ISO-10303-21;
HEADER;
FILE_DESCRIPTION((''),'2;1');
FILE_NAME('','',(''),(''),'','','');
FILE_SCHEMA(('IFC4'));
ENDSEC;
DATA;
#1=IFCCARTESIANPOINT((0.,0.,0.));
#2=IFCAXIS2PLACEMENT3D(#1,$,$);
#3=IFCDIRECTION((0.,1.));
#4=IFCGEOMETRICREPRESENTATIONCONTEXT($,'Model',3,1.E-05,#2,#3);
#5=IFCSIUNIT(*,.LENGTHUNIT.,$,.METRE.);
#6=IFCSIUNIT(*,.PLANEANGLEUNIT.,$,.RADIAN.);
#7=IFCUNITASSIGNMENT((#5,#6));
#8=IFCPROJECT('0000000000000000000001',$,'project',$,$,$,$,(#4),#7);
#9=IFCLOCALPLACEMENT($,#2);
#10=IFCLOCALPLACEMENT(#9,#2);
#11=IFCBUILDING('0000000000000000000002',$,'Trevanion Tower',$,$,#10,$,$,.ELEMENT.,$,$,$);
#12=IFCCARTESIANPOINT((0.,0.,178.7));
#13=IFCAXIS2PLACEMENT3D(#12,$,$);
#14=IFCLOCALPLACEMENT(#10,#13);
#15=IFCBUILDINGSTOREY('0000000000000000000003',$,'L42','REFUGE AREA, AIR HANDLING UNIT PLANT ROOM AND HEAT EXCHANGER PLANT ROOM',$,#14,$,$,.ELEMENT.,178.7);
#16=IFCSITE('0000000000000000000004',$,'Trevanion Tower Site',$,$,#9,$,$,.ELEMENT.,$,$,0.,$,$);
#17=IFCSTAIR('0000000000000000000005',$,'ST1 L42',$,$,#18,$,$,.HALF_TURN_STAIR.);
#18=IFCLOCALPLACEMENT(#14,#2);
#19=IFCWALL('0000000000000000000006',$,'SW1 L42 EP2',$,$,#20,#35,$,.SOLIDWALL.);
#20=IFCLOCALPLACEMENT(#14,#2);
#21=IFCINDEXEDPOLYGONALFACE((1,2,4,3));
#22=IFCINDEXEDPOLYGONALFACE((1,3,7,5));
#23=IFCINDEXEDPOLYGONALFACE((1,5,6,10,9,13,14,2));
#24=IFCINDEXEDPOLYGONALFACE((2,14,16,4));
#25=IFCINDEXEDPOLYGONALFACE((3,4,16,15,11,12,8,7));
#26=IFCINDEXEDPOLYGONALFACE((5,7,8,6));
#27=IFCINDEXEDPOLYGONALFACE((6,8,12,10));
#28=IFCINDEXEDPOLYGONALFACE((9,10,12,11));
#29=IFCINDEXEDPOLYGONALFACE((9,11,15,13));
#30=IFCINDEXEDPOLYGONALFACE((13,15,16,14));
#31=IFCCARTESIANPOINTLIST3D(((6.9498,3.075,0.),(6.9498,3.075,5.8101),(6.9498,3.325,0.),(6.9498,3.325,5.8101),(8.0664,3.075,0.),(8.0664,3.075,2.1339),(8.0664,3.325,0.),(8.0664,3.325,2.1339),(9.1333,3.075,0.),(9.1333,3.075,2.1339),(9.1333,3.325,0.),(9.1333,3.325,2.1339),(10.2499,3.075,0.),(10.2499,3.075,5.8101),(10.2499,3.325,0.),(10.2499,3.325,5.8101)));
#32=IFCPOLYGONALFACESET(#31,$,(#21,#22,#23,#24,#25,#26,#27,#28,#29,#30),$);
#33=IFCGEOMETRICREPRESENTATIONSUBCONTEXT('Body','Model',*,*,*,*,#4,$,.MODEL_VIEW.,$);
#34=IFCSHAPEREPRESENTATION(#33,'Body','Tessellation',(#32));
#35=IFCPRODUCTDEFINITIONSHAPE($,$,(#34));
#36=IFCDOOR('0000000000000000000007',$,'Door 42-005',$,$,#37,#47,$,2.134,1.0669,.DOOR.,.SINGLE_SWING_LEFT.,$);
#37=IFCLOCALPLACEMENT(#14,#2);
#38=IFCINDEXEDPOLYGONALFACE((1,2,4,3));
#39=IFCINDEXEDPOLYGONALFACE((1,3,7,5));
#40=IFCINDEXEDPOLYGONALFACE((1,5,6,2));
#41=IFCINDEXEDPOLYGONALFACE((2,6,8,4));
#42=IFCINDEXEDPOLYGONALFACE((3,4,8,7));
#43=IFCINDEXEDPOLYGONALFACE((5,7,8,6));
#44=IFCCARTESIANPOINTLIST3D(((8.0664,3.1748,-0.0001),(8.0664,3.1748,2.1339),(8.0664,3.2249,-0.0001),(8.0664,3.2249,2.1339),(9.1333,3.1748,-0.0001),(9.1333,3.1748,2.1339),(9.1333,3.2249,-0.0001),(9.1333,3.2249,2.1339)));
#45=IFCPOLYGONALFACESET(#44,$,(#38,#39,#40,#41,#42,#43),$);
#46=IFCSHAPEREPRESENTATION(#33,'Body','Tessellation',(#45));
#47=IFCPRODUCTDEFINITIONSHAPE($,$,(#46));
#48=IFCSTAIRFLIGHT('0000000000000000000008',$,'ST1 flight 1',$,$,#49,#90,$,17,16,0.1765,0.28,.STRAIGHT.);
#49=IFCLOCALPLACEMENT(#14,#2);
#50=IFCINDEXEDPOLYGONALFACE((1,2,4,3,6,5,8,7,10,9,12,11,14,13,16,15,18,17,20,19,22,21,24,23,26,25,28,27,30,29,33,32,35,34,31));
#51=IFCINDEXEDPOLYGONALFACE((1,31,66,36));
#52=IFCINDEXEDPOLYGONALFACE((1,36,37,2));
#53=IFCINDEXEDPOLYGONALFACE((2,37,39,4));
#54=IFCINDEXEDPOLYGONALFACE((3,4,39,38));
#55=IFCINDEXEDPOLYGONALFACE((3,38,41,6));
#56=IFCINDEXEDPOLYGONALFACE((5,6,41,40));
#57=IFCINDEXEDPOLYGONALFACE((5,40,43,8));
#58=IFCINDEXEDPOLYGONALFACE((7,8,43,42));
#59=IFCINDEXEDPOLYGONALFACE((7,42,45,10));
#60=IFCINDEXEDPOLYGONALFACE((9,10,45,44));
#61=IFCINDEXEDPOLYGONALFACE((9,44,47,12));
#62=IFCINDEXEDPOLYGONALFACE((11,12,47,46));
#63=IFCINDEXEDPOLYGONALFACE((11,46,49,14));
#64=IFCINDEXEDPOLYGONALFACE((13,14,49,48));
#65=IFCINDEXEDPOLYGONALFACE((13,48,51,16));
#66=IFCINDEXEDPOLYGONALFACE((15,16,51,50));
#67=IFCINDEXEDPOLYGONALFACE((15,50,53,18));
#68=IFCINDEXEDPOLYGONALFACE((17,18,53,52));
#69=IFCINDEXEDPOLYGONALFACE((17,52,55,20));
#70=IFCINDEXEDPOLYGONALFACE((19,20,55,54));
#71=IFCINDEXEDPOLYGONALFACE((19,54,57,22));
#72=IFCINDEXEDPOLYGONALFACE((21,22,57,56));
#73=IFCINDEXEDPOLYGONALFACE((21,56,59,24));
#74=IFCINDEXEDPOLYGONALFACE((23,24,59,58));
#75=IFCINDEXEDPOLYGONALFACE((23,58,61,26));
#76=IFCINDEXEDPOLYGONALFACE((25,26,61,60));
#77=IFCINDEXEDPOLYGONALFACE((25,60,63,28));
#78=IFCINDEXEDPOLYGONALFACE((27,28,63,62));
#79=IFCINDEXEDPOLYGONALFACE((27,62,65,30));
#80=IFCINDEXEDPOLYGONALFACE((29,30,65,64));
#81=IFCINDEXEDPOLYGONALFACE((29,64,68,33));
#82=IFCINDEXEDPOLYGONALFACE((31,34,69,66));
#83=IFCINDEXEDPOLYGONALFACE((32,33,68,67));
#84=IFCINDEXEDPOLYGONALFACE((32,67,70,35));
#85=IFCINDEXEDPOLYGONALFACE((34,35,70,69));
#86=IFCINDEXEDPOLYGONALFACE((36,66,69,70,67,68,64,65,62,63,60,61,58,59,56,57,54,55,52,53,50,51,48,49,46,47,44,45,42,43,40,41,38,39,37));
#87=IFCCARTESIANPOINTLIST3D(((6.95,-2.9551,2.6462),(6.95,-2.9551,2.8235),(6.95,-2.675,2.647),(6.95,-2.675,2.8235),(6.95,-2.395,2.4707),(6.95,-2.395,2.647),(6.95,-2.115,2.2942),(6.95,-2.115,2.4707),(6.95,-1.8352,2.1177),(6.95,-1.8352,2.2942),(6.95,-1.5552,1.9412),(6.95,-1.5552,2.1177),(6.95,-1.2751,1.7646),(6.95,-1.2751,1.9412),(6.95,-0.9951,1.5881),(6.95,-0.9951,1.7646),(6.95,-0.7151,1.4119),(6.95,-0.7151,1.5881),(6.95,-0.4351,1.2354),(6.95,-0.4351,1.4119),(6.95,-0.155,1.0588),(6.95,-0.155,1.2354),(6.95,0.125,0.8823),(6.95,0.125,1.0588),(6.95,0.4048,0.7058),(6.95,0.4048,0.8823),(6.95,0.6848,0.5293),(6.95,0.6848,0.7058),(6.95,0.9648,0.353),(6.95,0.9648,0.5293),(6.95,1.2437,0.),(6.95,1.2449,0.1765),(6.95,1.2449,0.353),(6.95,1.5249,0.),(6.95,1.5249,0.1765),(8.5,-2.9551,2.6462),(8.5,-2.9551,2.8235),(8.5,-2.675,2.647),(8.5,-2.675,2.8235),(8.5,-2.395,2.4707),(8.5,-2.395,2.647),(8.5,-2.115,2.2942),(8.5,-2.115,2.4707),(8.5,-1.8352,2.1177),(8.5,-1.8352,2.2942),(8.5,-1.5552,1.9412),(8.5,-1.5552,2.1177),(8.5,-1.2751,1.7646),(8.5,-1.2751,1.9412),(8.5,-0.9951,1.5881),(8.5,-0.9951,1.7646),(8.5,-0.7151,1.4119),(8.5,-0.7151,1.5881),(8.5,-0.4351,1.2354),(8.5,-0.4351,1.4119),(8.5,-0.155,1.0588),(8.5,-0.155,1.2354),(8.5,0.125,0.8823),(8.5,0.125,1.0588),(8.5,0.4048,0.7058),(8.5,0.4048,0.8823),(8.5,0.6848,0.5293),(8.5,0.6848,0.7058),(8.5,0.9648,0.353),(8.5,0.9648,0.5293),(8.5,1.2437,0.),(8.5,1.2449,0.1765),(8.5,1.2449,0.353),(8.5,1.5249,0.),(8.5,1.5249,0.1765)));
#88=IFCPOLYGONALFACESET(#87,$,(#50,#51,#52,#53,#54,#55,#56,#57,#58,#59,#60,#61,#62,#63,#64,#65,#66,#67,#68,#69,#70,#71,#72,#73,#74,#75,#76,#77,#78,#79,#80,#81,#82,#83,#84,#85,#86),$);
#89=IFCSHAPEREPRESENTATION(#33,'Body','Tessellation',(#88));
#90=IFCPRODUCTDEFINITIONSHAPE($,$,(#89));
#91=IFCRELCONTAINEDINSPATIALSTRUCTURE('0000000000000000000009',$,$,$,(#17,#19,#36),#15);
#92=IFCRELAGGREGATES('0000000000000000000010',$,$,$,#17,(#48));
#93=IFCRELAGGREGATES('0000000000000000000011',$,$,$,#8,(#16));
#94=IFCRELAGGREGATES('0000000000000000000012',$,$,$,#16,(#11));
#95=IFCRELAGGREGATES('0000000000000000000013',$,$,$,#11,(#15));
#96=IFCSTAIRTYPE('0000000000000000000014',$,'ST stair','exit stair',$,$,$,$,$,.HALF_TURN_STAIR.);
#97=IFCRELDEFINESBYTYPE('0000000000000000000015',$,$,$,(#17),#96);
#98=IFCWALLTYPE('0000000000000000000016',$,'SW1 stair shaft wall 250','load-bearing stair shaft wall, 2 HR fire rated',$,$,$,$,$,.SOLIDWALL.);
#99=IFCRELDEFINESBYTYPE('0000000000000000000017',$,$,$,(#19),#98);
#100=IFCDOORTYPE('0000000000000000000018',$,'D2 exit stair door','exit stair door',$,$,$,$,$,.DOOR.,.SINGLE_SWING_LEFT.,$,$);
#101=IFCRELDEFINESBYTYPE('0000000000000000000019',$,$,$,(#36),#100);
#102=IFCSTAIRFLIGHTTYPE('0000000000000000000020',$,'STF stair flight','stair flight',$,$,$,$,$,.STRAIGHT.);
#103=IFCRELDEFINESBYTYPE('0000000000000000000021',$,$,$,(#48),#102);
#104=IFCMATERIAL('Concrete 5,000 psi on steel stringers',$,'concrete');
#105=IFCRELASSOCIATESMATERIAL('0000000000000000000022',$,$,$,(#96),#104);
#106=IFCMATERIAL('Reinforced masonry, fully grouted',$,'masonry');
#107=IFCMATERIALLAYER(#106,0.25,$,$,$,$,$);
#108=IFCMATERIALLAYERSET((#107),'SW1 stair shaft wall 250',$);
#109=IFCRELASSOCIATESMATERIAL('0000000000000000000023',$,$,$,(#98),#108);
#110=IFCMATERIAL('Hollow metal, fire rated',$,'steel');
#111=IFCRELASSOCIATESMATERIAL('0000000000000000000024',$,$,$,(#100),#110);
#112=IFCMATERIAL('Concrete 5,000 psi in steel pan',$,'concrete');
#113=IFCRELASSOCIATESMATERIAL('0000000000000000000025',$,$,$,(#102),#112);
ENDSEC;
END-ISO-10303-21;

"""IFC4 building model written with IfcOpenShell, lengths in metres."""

from ifc_helpers import new_model, si_unit, direction, frame, frame_2d, origin, place, context, subcontext, project, spatial, polyline, rectangle, outline, extrude, material, layer, layer_set, type_object, element, fill, aggregate, save


model = new_model("IFC4")

# Units and contexts
model_context = context("Model", 3, precision=1e-05, world=origin(), true_north=direction((0.0, 1.0)))
body_context = subcontext(model_context, "Body", "Model", "MODEL_VIEW")
ifc_project = project(units=[si_unit("LENGTHUNIT", "METRE"), si_unit("PLANEANGLEUNIT", "RADIAN")], contexts=[model_context])

# Site, building, storey
site_placement = place(None, origin())
site = spatial("IfcSite", under=ifc_project, at=site_placement, Name="Trevanion Tower Site", CompositionType="ELEMENT", RefElevation=0.0)
building_placement = place(site_placement, origin())
building = spatial("IfcBuilding", under=site, at=building_placement, Name="Trevanion Tower", CompositionType="ELEMENT")
storey_placement = place(building_placement, frame((0.0, 0.0, 178.7)))
storey = spatial("IfcBuildingStorey", under=building, at=storey_placement, Name="L42", Description="REFUGE AREA, AIR HANDLING UNIT PLANT ROOM AND HEAT EXCHANGER PLANT ROOM", CompositionType="ELEMENT", Elevation=178.7)

# Stair
ifc_material_1 = material(Name="Concrete 5,000 psi on steel stringers", Category="concrete")
stair_type = type_object("IfcStairType", Name="ST stair", Description="exit stair", PredefinedType="HALF_TURN_STAIR", material=ifc_material_1)
stair_1_placement = place(storey_placement, origin())
stair_1 = element("IfcStair", 1, at=stair_1_placement, inside=storey, type_object=stair_type, Name="ST1 L42", PredefinedType="HALF_TURN_STAIR")

# Wall, opening, door
ifc_material_2 = material(Name="Reinforced masonry, fully grouted", Category="masonry")
ifc_layer_1 = layer(ifc_material_2, 0.25)
ifc_layer_set_1 = layer_set([ifc_layer_1], Name="SW1 stair shaft wall 250")
wall_type_1 = type_object("IfcWallType", Name="SW1 stair shaft wall 250", Description="load-bearing stair shaft wall, 2 HR fire rated", PredefinedType="SOLIDWALL", material=ifc_layer_set_1)
wall_1_placement = place(storey_placement, frame((6.95, 3.2, 0.0), z_axis=(0.0, 0.0, 1.0), x_axis=(1.0, 0.0, 0.0)))
wall_1 = element("IfcWall", 2, at=wall_1_placement, inside=storey, type_object=wall_type_1, Name="SW1 L42 EP2", PredefinedType="SOLIDWALL", context=body_context, shape_type="SweptSolid", body=[
    extrude(rectangle(XDim=3.3, YDim=0.25, at=frame_2d((1.6499, 0.0))), origin(), (0.0, 0.0, 1.0), 5.8101),
])
opening_1_placement = place(wall_1_placement, frame((1.1165, 0.0, 0.0)))
opening_1 = element("IfcOpeningElement", 3, at=opening_1_placement, cuts=wall_1, PredefinedType="OPENING", context=body_context, shape_type="SweptSolid", body=[
    extrude(rectangle(XDim=1.0669, YDim=2.134, at=frame_2d((0.5334, 1.0669))), frame((0.0, 0.135, 0.0), z_axis=(0.0, -1.0, 0.0), x_axis=(1.0, 0.0, 0.0)), (0.0, 0.0, 1.0), 0.27),
])
ifc_material_3 = material(Name="Hollow metal, fire rated", Category="steel")
door_type_1 = type_object("IfcDoorType", Name="D2 exit stair door", Description="exit stair door", OperationType="SINGLE_SWING_LEFT", PredefinedType="DOOR", material=ifc_material_3)
door_1_placement = place(opening_1_placement, origin())
door_1 = element("IfcDoor", 4, at=door_1_placement, inside=storey, type_object=door_type_1, Name="Door 42-005", OperationType="SINGLE_SWING_LEFT", OverallHeight=2.134, OverallWidth=1.0669, PredefinedType="DOOR", context=body_context, shape_type="SweptSolid", body=[
    extrude(rectangle(XDim=1.0669, YDim=2.134, at=frame_2d((0.5334, 1.0669))), frame((0.0, 0.0249, 0.0), z_axis=(0.0, -1.0, 0.0), x_axis=(1.0, 0.0, 0.0)), (0.0, 0.0, 1.0), 0.05),
])
fill(opening_1, door_1)

# Stair flight
ifc_material_4 = material(Name="Concrete 5,000 psi in steel pan", Category="concrete")
stair_flight_type = type_object("IfcStairFlightType", Name="STF stair flight", Description="stair flight", PredefinedType="STRAIGHT", material=ifc_material_4)
stair_flight_placement = place(storey_placement, frame((7.7251, 1.5249, 0.0), z_axis=(0.0, 0.0, 1.0), x_axis=(0.0, -1.0, 0.0)))
stair_flight = element("IfcStairFlight", 5, at=stair_flight_placement, type_object=stair_flight_type, Name="ST1 flight 1", NumberOfRisers=17, NumberOfTreads=16, PredefinedType="STRAIGHT", RiserHeight=0.1765, TreadLength=0.28, context=body_context, shape_type="SweptSolid", body=[
    extrude(outline(polyline([(0.0, 0.0), (0.0, 0.1765), (0.28, 0.1765), (0.28, 0.353), (0.5601, 0.353), (0.5601, 0.5293), (0.8401, 0.5293), (0.8401, 0.7058), (1.1201, 0.7058), (1.1201, 0.8823), (1.3999, 0.8823), (1.3999, 1.0588), (1.6799, 1.0588), (1.6799, 1.2354), (1.96, 1.2354), (1.96, 1.4119), (2.24, 1.4119), (2.24, 1.5881), (2.52, 1.5881), (2.52, 1.7646), (2.8, 1.7646), (2.8, 1.9412), (3.0801, 1.9412), (3.0801, 2.1177), (3.3601, 2.1177), (3.3601, 2.2942), (3.6399, 2.2942), (3.6399, 2.4707), (3.9199, 2.4707), (3.9199, 2.647), (4.2, 2.647), (4.2, 2.8235), (4.48, 2.8235), (4.48, 3.0), (4.48, 2.6462), (0.2812, 0.0), (0.0, 0.0)])), frame((0.0, 0.7749, 0.0), z_axis=(0.0, -1.0, 0.0), x_axis=(1.0, 0.0, 0.0)), (0.0, 0.0, 1.0), 1.55),
])
aggregate(stair_1, [stair_flight])

save(model, "model.ifc")
